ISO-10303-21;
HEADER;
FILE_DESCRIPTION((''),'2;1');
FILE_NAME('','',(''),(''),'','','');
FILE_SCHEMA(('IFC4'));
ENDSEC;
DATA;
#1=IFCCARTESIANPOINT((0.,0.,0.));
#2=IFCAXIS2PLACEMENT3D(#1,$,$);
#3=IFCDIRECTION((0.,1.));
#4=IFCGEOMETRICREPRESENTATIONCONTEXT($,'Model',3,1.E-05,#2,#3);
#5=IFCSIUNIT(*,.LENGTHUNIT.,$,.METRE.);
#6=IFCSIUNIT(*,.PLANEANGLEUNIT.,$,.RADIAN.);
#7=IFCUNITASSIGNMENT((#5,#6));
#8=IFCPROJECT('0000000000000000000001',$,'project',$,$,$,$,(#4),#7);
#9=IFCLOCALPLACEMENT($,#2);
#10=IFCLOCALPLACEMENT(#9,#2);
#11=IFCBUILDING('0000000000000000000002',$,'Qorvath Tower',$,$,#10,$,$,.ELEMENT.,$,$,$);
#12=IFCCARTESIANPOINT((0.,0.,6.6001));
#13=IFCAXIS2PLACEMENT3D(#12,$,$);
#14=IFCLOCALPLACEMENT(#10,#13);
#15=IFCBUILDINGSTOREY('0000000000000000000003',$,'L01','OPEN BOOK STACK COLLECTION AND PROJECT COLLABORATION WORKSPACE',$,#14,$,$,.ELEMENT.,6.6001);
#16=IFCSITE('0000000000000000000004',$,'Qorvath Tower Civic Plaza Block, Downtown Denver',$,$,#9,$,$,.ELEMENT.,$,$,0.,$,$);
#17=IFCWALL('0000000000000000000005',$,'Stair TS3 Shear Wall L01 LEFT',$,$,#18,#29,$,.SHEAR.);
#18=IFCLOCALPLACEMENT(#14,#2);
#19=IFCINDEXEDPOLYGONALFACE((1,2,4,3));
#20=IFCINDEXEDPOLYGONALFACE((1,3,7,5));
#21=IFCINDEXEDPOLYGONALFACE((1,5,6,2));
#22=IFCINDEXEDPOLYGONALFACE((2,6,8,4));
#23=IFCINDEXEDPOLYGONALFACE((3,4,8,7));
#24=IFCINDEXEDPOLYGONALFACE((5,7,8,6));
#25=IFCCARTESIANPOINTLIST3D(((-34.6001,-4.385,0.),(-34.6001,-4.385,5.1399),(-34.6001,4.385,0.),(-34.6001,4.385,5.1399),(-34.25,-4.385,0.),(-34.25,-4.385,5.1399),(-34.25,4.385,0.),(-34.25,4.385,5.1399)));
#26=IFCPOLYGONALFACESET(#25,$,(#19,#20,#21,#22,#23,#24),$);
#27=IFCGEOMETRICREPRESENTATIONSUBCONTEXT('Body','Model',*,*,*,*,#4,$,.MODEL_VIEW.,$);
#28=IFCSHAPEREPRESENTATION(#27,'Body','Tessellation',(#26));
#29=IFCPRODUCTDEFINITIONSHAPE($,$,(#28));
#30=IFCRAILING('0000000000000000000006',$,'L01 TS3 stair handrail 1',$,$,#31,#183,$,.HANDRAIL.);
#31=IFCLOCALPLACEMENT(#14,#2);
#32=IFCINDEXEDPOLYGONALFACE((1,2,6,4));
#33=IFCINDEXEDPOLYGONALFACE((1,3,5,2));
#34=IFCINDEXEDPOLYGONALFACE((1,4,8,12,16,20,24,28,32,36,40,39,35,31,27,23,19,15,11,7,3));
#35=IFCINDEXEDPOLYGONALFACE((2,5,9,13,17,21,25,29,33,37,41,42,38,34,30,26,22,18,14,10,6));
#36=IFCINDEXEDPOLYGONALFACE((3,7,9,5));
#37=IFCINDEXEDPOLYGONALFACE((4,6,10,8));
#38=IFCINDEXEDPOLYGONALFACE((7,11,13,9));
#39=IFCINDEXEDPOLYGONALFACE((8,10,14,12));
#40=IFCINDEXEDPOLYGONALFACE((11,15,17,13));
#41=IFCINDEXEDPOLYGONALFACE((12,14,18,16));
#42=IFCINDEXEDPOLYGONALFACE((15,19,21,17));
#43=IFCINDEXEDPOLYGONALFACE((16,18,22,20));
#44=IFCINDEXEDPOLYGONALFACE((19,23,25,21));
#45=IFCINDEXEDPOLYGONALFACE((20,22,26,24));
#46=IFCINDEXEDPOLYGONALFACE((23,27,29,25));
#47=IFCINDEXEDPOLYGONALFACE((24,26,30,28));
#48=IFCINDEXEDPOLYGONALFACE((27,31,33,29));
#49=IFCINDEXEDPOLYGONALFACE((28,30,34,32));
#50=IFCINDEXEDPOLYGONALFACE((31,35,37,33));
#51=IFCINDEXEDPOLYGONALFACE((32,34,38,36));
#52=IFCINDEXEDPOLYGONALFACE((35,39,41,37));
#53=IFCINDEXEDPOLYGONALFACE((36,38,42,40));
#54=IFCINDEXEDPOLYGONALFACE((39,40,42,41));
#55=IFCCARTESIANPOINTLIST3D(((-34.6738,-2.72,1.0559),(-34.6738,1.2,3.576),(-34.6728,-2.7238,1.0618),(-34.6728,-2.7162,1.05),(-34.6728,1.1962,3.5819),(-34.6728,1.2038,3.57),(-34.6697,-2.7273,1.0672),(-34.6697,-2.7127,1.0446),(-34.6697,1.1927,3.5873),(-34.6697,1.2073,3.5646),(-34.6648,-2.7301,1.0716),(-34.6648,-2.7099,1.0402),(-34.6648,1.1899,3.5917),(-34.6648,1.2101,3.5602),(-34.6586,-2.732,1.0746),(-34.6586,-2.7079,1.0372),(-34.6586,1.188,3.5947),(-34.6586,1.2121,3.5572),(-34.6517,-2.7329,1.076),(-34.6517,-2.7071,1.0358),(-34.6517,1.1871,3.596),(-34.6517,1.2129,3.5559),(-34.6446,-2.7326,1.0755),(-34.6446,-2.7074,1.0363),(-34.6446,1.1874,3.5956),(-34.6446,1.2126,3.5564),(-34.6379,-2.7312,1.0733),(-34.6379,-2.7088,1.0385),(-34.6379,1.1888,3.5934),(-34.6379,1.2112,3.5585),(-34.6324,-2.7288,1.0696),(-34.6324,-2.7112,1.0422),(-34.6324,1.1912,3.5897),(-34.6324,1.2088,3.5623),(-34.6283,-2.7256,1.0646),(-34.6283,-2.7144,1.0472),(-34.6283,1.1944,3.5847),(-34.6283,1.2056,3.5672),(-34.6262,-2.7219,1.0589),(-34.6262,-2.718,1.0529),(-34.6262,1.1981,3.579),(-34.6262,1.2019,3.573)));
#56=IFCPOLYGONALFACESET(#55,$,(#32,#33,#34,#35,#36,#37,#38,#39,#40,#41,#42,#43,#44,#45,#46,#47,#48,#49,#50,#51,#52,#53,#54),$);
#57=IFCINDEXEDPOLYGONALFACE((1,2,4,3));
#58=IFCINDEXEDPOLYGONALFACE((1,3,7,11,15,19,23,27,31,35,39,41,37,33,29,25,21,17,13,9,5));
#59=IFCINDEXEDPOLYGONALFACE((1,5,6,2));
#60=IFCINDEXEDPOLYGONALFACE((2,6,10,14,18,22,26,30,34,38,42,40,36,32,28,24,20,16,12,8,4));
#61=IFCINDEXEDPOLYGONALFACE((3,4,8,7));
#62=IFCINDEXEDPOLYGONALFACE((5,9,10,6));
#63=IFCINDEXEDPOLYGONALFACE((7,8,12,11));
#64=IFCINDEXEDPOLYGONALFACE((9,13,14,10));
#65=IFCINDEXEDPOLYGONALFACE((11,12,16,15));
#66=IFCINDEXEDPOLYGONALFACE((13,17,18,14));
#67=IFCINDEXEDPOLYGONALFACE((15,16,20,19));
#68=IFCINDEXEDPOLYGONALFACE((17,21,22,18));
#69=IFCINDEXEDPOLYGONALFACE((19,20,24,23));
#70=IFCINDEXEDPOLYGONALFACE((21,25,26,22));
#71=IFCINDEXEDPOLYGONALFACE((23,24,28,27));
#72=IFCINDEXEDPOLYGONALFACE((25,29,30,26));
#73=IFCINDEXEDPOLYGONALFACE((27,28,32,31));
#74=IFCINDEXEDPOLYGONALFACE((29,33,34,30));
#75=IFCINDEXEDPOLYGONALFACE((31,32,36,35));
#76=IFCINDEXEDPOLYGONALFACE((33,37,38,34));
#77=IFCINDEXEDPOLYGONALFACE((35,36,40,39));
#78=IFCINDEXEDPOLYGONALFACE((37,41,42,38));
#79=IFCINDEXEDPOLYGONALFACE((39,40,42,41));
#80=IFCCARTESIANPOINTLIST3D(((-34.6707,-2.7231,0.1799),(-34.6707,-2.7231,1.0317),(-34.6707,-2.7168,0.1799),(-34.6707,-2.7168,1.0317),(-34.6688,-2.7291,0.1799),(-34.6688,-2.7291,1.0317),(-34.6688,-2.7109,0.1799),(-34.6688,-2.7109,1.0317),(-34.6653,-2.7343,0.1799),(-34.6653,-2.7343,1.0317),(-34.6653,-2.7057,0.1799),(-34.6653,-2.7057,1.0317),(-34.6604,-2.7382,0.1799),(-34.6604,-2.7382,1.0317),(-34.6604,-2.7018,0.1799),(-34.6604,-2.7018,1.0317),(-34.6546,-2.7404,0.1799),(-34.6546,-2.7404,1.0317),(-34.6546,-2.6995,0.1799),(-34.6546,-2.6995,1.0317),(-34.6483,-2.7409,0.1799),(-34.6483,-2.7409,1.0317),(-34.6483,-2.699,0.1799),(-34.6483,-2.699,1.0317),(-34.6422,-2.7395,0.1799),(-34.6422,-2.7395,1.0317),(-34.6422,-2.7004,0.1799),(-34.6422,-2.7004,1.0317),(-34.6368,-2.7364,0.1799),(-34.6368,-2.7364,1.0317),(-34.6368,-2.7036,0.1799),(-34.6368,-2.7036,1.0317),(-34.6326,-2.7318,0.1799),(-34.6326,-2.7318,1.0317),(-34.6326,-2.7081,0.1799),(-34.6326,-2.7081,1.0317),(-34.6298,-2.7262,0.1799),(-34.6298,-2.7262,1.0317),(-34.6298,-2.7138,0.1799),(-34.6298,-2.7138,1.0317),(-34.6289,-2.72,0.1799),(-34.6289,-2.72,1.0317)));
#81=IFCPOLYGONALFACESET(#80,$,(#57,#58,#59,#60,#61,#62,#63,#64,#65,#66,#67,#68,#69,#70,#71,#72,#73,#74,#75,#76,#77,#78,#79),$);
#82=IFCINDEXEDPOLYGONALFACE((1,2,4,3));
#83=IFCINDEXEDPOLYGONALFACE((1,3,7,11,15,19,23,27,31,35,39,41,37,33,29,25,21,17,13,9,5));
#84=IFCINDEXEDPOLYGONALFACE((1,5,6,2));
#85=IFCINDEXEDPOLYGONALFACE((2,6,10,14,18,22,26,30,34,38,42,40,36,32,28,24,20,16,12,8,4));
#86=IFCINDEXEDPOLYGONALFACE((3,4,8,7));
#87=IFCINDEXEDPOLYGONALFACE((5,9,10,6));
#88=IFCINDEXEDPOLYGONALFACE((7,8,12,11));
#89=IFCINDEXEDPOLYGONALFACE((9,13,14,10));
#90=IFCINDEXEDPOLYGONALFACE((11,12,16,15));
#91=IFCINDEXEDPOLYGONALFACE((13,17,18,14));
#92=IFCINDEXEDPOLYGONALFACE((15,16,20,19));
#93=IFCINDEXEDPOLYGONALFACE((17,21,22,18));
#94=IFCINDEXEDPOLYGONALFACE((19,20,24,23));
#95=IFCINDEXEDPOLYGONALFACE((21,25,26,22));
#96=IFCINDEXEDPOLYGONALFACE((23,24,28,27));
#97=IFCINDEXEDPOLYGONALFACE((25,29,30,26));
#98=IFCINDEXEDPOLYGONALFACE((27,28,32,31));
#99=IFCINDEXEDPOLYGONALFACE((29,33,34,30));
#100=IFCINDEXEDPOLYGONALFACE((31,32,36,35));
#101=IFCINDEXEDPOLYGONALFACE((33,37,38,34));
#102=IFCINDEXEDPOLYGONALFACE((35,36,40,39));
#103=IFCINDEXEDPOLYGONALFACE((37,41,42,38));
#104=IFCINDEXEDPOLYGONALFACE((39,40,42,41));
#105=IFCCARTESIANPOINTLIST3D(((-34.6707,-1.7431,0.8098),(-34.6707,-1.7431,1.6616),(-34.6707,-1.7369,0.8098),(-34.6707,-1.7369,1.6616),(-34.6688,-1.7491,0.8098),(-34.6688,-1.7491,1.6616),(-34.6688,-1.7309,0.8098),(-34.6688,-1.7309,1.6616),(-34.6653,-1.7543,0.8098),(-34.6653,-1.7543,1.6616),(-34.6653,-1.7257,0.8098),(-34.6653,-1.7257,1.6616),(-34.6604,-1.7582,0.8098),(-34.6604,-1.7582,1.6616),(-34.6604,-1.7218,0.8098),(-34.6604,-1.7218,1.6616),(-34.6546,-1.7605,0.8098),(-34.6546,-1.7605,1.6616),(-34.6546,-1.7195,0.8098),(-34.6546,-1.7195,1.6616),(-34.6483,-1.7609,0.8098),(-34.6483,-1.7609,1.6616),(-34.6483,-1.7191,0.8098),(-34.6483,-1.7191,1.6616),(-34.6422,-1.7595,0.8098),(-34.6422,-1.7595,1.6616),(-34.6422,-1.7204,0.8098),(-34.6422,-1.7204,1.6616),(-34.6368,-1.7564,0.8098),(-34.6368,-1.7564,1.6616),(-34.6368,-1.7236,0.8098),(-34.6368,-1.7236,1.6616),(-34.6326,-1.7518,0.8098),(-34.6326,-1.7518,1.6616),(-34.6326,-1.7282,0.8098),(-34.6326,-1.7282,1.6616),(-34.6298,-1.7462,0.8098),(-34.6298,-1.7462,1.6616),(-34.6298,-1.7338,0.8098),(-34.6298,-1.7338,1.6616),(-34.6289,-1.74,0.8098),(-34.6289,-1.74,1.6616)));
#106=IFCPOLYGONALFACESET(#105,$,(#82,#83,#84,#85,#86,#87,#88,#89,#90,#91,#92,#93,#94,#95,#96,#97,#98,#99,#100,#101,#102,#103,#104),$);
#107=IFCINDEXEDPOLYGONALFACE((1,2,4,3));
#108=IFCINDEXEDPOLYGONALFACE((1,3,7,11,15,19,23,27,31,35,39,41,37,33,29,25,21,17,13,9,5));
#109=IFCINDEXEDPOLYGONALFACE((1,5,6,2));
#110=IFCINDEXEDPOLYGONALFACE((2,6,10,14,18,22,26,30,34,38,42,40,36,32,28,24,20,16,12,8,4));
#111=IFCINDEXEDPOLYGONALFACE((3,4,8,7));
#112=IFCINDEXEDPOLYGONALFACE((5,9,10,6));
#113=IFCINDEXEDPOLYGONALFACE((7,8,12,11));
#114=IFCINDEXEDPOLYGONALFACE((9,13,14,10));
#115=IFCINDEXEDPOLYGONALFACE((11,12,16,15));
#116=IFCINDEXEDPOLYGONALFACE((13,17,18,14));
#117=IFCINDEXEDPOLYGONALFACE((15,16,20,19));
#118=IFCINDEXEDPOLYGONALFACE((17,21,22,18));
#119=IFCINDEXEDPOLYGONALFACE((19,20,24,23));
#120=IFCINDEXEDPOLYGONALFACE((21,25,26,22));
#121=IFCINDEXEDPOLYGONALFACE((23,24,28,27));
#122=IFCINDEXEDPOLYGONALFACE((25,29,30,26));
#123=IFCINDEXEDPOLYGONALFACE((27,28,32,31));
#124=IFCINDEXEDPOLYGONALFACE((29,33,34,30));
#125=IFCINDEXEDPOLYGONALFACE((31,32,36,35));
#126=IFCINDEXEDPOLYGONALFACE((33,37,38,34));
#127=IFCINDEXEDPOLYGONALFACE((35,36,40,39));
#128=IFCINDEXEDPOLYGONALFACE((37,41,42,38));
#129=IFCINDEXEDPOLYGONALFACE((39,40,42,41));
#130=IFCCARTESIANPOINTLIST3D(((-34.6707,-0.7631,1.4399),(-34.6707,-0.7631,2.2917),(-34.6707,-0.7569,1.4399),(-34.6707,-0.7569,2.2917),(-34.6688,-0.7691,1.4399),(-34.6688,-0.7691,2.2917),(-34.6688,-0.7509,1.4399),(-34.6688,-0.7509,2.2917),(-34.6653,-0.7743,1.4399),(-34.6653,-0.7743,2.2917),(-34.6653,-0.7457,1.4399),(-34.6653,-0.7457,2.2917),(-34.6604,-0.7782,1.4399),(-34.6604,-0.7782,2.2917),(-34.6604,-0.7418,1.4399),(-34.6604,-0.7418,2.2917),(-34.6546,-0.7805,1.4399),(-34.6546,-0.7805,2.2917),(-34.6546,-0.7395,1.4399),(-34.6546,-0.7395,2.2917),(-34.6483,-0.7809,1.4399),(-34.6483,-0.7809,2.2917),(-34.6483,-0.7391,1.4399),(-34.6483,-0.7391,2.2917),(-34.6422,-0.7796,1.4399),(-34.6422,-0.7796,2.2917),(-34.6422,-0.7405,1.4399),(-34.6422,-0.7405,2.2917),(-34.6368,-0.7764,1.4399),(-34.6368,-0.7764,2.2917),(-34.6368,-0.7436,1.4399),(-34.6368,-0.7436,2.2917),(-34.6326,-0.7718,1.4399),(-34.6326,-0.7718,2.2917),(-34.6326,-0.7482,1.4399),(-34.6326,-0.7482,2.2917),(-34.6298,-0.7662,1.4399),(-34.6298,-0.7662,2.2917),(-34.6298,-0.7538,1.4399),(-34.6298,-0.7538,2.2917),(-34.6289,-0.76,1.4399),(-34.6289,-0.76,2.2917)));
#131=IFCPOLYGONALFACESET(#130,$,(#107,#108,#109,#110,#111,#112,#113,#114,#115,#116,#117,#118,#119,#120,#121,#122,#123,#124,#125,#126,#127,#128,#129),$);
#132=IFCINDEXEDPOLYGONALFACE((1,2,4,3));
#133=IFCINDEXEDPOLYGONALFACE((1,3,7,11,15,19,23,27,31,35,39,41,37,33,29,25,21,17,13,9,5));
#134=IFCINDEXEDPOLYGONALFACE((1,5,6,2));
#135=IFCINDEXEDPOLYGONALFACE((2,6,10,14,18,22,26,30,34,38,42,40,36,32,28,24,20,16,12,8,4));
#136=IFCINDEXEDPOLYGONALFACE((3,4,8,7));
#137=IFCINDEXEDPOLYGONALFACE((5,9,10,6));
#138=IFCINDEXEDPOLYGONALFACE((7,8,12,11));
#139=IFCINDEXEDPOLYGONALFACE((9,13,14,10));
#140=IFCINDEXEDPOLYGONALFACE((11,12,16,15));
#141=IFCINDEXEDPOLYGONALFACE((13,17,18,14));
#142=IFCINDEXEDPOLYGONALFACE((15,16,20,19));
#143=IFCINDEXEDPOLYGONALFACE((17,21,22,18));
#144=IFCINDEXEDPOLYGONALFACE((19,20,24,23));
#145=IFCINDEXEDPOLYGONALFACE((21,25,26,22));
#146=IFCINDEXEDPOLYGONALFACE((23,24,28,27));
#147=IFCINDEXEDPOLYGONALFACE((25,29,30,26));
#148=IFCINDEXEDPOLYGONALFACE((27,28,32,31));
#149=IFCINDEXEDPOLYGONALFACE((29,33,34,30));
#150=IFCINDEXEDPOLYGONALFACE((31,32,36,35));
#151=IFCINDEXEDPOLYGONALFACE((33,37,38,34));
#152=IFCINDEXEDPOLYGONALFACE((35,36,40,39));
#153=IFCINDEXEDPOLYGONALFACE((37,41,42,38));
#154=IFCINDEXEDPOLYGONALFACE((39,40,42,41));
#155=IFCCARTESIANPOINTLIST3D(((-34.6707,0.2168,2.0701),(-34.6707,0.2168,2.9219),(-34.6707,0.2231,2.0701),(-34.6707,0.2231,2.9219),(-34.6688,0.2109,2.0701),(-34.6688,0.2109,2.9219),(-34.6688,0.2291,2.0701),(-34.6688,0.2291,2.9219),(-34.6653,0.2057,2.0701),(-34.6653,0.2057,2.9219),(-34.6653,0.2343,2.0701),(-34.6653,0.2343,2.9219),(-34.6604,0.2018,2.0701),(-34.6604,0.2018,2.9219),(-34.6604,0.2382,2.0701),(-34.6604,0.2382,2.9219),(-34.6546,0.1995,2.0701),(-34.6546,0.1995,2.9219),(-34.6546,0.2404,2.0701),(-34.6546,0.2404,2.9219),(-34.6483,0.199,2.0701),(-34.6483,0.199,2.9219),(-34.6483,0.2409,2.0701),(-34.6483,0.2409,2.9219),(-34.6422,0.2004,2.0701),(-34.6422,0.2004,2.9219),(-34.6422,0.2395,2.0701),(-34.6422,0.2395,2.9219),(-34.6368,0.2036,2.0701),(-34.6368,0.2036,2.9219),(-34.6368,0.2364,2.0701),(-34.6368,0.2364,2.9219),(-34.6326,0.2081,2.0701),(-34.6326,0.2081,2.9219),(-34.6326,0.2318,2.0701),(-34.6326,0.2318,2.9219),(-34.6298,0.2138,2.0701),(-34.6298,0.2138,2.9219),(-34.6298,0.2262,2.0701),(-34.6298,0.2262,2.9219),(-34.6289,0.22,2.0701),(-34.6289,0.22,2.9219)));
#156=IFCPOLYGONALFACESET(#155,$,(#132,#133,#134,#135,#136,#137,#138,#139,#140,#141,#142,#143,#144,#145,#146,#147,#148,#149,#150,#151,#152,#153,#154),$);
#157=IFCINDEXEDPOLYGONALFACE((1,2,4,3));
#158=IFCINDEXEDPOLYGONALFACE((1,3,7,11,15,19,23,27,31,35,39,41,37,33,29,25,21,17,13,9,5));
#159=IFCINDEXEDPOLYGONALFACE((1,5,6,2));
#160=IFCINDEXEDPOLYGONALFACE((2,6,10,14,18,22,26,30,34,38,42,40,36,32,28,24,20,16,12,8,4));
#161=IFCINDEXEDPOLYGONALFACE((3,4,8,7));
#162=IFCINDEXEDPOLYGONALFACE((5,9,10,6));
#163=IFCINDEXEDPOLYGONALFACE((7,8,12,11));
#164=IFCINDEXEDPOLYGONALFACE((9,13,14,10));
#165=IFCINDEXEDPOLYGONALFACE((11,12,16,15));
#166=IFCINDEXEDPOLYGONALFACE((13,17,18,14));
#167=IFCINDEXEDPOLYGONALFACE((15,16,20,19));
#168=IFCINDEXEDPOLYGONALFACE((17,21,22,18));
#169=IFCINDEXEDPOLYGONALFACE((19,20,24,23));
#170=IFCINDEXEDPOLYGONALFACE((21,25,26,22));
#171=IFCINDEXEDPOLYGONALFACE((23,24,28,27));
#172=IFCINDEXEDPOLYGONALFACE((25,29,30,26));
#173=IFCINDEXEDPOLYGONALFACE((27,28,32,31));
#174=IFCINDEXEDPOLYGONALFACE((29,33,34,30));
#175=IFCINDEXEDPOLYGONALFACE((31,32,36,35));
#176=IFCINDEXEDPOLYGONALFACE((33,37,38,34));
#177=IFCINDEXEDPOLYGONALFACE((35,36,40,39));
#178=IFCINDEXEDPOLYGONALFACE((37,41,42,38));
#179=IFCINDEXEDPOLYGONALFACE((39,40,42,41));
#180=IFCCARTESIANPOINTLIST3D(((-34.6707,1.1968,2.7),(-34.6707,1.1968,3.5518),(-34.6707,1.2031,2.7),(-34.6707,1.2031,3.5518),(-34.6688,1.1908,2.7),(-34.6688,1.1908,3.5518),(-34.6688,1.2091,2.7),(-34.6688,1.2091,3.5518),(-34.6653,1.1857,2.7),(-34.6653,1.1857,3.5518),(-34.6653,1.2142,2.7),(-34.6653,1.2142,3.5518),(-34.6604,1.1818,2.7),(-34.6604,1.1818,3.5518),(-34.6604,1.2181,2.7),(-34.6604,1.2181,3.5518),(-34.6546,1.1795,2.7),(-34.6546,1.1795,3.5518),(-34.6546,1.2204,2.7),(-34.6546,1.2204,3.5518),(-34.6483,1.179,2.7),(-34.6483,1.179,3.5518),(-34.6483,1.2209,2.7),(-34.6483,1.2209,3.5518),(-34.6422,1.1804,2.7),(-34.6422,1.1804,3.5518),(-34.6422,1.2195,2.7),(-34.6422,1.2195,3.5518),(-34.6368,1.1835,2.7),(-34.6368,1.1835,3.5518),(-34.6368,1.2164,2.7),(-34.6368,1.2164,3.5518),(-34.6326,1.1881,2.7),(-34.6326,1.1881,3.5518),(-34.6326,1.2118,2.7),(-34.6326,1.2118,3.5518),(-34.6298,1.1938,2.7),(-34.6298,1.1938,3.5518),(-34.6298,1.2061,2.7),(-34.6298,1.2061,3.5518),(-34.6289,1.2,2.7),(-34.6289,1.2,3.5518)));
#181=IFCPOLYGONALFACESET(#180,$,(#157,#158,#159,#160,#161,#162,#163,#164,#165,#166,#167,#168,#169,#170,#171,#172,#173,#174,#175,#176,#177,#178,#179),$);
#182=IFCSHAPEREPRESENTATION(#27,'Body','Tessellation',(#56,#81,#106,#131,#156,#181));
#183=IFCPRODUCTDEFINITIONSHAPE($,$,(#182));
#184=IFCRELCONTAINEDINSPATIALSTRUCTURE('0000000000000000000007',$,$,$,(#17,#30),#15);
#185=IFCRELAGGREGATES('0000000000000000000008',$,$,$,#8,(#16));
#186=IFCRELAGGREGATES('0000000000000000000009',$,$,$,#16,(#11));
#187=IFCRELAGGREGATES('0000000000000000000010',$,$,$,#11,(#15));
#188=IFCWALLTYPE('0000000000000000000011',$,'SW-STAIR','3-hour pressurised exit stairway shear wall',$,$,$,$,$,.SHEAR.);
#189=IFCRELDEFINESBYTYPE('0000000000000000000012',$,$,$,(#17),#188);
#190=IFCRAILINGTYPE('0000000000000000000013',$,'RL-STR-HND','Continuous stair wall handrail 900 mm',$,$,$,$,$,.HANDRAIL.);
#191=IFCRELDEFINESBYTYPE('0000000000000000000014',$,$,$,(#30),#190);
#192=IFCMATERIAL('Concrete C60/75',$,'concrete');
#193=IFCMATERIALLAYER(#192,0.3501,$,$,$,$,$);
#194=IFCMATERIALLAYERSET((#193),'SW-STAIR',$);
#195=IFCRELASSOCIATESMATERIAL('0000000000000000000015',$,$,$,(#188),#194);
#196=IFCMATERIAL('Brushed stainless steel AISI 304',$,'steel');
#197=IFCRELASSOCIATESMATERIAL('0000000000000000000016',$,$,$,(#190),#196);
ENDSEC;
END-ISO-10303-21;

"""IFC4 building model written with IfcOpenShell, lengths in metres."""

from ifc_helpers import new_model, si_unit, direction, frame, frame_2d, origin, origin_2d, place, context, subcontext, project, spatial, rectangle, circle, extrude, material, layer, layer_set, type_object, element, save


model = new_model("IFC4")

# Units and contexts
model_context = context("Model", 3, precision=1e-05, world=origin(), true_north=direction((0.0, 1.0)))
body_context = subcontext(model_context, "Body", "Model", "MODEL_VIEW")
ifc_project = project(units=[si_unit("LENGTHUNIT", "METRE"), si_unit("PLANEANGLEUNIT", "RADIAN")], contexts=[model_context])

# Site, building, storey
site_placement = place(None, origin())
site = spatial("IfcSite", under=ifc_project, at=site_placement, Name="Qorvath Tower Civic Plaza Block, Downtown Denver", CompositionType="ELEMENT", RefElevation=0.0)
building_placement = place(site_placement, origin())
building = spatial("IfcBuilding", under=site, at=building_placement, Name="Qorvath Tower", CompositionType="ELEMENT")
storey_placement = place(building_placement, frame((0.0, 0.0, 6.6001)))
storey = spatial("IfcBuildingStorey", under=building, at=storey_placement, Name="L01", Description="OPEN BOOK STACK COLLECTION AND PROJECT COLLABORATION WORKSPACE", CompositionType="ELEMENT", Elevation=6.6001)

# Wall
ifc_material_1 = material(Name="Concrete C60/75", Category="concrete")
ifc_layer_1 = layer(ifc_material_1, 0.3501)
ifc_layer_set_1 = layer_set([ifc_layer_1], Name="SW-STAIR")
wall_type_1 = type_object("IfcWallType", Name="SW-STAIR", Description="3-hour pressurised exit stairway shear wall", PredefinedType="SHEAR", material=ifc_layer_set_1)
wall_1_placement = place(storey_placement, frame((-34.425, -4.385, 0.0), z_axis=(0.0, 0.0, 1.0), x_axis=(0.0, 1.0, 0.0)))
element("IfcWall", 1, at=wall_1_placement, inside=storey, type_object=wall_type_1, Name="Stair TS3 Shear Wall L01 LEFT", PredefinedType="SHEAR", context=body_context, shape_type="SweptSolid", body=[
    extrude(rectangle(XDim=8.77, YDim=0.3501, at=frame_2d((4.385, 0.0))), origin(), (0.0, 0.0, 1.0), 5.1399),
])

# Railing
ifc_material_2 = material(Name="Brushed stainless steel AISI 304", Category="steel")
railing_type = type_object("IfcRailingType", Name="RL-STR-HND", Description="Continuous stair wall handrail 900 mm", PredefinedType="HANDRAIL", material=ifc_material_2)
railing_placement = place(storey_placement, frame((-34.6499, -2.72, 0.1799)))
element("IfcRailing", 2, at=railing_placement, inside=storey, type_object=railing_type, Name="L01 TS3 stair handrail 1", PredefinedType="HANDRAIL", context=body_context, shape_type="SweptSolid", body=[
    extrude(circle(Radius=0.0239, at=origin_2d()), frame((0.0, 0.0, 0.876), z_axis=(0.0, 0.841172, 0.540768), x_axis=(-1.0, 0.0, 0.0)), (0.0, 0.0, 1.0), 4.6602),
    extrude(circle(Radius=0.021, at=origin_2d()), origin(), (0.0, 0.0, 1.0), 0.8518),
    extrude(circle(Radius=0.021, at=origin_2d()), frame((0.0, 0.98, 0.6299)), (0.0, 0.0, 1.0), 0.8518),
    extrude(circle(Radius=0.021, at=origin_2d()), frame((0.0, 1.96, 1.26)), (0.0, 0.0, 1.0), 0.8518),
    extrude(circle(Radius=0.021, at=origin_2d()), frame((0.0, 2.9399, 1.8901)), (0.0, 0.0, 1.0), 0.8518),
    extrude(circle(Radius=0.021, at=origin_2d()), frame((0.0, 3.9199, 2.52)), (0.0, 0.0, 1.0), 0.8518),
])

save(model, "model.ifc")
